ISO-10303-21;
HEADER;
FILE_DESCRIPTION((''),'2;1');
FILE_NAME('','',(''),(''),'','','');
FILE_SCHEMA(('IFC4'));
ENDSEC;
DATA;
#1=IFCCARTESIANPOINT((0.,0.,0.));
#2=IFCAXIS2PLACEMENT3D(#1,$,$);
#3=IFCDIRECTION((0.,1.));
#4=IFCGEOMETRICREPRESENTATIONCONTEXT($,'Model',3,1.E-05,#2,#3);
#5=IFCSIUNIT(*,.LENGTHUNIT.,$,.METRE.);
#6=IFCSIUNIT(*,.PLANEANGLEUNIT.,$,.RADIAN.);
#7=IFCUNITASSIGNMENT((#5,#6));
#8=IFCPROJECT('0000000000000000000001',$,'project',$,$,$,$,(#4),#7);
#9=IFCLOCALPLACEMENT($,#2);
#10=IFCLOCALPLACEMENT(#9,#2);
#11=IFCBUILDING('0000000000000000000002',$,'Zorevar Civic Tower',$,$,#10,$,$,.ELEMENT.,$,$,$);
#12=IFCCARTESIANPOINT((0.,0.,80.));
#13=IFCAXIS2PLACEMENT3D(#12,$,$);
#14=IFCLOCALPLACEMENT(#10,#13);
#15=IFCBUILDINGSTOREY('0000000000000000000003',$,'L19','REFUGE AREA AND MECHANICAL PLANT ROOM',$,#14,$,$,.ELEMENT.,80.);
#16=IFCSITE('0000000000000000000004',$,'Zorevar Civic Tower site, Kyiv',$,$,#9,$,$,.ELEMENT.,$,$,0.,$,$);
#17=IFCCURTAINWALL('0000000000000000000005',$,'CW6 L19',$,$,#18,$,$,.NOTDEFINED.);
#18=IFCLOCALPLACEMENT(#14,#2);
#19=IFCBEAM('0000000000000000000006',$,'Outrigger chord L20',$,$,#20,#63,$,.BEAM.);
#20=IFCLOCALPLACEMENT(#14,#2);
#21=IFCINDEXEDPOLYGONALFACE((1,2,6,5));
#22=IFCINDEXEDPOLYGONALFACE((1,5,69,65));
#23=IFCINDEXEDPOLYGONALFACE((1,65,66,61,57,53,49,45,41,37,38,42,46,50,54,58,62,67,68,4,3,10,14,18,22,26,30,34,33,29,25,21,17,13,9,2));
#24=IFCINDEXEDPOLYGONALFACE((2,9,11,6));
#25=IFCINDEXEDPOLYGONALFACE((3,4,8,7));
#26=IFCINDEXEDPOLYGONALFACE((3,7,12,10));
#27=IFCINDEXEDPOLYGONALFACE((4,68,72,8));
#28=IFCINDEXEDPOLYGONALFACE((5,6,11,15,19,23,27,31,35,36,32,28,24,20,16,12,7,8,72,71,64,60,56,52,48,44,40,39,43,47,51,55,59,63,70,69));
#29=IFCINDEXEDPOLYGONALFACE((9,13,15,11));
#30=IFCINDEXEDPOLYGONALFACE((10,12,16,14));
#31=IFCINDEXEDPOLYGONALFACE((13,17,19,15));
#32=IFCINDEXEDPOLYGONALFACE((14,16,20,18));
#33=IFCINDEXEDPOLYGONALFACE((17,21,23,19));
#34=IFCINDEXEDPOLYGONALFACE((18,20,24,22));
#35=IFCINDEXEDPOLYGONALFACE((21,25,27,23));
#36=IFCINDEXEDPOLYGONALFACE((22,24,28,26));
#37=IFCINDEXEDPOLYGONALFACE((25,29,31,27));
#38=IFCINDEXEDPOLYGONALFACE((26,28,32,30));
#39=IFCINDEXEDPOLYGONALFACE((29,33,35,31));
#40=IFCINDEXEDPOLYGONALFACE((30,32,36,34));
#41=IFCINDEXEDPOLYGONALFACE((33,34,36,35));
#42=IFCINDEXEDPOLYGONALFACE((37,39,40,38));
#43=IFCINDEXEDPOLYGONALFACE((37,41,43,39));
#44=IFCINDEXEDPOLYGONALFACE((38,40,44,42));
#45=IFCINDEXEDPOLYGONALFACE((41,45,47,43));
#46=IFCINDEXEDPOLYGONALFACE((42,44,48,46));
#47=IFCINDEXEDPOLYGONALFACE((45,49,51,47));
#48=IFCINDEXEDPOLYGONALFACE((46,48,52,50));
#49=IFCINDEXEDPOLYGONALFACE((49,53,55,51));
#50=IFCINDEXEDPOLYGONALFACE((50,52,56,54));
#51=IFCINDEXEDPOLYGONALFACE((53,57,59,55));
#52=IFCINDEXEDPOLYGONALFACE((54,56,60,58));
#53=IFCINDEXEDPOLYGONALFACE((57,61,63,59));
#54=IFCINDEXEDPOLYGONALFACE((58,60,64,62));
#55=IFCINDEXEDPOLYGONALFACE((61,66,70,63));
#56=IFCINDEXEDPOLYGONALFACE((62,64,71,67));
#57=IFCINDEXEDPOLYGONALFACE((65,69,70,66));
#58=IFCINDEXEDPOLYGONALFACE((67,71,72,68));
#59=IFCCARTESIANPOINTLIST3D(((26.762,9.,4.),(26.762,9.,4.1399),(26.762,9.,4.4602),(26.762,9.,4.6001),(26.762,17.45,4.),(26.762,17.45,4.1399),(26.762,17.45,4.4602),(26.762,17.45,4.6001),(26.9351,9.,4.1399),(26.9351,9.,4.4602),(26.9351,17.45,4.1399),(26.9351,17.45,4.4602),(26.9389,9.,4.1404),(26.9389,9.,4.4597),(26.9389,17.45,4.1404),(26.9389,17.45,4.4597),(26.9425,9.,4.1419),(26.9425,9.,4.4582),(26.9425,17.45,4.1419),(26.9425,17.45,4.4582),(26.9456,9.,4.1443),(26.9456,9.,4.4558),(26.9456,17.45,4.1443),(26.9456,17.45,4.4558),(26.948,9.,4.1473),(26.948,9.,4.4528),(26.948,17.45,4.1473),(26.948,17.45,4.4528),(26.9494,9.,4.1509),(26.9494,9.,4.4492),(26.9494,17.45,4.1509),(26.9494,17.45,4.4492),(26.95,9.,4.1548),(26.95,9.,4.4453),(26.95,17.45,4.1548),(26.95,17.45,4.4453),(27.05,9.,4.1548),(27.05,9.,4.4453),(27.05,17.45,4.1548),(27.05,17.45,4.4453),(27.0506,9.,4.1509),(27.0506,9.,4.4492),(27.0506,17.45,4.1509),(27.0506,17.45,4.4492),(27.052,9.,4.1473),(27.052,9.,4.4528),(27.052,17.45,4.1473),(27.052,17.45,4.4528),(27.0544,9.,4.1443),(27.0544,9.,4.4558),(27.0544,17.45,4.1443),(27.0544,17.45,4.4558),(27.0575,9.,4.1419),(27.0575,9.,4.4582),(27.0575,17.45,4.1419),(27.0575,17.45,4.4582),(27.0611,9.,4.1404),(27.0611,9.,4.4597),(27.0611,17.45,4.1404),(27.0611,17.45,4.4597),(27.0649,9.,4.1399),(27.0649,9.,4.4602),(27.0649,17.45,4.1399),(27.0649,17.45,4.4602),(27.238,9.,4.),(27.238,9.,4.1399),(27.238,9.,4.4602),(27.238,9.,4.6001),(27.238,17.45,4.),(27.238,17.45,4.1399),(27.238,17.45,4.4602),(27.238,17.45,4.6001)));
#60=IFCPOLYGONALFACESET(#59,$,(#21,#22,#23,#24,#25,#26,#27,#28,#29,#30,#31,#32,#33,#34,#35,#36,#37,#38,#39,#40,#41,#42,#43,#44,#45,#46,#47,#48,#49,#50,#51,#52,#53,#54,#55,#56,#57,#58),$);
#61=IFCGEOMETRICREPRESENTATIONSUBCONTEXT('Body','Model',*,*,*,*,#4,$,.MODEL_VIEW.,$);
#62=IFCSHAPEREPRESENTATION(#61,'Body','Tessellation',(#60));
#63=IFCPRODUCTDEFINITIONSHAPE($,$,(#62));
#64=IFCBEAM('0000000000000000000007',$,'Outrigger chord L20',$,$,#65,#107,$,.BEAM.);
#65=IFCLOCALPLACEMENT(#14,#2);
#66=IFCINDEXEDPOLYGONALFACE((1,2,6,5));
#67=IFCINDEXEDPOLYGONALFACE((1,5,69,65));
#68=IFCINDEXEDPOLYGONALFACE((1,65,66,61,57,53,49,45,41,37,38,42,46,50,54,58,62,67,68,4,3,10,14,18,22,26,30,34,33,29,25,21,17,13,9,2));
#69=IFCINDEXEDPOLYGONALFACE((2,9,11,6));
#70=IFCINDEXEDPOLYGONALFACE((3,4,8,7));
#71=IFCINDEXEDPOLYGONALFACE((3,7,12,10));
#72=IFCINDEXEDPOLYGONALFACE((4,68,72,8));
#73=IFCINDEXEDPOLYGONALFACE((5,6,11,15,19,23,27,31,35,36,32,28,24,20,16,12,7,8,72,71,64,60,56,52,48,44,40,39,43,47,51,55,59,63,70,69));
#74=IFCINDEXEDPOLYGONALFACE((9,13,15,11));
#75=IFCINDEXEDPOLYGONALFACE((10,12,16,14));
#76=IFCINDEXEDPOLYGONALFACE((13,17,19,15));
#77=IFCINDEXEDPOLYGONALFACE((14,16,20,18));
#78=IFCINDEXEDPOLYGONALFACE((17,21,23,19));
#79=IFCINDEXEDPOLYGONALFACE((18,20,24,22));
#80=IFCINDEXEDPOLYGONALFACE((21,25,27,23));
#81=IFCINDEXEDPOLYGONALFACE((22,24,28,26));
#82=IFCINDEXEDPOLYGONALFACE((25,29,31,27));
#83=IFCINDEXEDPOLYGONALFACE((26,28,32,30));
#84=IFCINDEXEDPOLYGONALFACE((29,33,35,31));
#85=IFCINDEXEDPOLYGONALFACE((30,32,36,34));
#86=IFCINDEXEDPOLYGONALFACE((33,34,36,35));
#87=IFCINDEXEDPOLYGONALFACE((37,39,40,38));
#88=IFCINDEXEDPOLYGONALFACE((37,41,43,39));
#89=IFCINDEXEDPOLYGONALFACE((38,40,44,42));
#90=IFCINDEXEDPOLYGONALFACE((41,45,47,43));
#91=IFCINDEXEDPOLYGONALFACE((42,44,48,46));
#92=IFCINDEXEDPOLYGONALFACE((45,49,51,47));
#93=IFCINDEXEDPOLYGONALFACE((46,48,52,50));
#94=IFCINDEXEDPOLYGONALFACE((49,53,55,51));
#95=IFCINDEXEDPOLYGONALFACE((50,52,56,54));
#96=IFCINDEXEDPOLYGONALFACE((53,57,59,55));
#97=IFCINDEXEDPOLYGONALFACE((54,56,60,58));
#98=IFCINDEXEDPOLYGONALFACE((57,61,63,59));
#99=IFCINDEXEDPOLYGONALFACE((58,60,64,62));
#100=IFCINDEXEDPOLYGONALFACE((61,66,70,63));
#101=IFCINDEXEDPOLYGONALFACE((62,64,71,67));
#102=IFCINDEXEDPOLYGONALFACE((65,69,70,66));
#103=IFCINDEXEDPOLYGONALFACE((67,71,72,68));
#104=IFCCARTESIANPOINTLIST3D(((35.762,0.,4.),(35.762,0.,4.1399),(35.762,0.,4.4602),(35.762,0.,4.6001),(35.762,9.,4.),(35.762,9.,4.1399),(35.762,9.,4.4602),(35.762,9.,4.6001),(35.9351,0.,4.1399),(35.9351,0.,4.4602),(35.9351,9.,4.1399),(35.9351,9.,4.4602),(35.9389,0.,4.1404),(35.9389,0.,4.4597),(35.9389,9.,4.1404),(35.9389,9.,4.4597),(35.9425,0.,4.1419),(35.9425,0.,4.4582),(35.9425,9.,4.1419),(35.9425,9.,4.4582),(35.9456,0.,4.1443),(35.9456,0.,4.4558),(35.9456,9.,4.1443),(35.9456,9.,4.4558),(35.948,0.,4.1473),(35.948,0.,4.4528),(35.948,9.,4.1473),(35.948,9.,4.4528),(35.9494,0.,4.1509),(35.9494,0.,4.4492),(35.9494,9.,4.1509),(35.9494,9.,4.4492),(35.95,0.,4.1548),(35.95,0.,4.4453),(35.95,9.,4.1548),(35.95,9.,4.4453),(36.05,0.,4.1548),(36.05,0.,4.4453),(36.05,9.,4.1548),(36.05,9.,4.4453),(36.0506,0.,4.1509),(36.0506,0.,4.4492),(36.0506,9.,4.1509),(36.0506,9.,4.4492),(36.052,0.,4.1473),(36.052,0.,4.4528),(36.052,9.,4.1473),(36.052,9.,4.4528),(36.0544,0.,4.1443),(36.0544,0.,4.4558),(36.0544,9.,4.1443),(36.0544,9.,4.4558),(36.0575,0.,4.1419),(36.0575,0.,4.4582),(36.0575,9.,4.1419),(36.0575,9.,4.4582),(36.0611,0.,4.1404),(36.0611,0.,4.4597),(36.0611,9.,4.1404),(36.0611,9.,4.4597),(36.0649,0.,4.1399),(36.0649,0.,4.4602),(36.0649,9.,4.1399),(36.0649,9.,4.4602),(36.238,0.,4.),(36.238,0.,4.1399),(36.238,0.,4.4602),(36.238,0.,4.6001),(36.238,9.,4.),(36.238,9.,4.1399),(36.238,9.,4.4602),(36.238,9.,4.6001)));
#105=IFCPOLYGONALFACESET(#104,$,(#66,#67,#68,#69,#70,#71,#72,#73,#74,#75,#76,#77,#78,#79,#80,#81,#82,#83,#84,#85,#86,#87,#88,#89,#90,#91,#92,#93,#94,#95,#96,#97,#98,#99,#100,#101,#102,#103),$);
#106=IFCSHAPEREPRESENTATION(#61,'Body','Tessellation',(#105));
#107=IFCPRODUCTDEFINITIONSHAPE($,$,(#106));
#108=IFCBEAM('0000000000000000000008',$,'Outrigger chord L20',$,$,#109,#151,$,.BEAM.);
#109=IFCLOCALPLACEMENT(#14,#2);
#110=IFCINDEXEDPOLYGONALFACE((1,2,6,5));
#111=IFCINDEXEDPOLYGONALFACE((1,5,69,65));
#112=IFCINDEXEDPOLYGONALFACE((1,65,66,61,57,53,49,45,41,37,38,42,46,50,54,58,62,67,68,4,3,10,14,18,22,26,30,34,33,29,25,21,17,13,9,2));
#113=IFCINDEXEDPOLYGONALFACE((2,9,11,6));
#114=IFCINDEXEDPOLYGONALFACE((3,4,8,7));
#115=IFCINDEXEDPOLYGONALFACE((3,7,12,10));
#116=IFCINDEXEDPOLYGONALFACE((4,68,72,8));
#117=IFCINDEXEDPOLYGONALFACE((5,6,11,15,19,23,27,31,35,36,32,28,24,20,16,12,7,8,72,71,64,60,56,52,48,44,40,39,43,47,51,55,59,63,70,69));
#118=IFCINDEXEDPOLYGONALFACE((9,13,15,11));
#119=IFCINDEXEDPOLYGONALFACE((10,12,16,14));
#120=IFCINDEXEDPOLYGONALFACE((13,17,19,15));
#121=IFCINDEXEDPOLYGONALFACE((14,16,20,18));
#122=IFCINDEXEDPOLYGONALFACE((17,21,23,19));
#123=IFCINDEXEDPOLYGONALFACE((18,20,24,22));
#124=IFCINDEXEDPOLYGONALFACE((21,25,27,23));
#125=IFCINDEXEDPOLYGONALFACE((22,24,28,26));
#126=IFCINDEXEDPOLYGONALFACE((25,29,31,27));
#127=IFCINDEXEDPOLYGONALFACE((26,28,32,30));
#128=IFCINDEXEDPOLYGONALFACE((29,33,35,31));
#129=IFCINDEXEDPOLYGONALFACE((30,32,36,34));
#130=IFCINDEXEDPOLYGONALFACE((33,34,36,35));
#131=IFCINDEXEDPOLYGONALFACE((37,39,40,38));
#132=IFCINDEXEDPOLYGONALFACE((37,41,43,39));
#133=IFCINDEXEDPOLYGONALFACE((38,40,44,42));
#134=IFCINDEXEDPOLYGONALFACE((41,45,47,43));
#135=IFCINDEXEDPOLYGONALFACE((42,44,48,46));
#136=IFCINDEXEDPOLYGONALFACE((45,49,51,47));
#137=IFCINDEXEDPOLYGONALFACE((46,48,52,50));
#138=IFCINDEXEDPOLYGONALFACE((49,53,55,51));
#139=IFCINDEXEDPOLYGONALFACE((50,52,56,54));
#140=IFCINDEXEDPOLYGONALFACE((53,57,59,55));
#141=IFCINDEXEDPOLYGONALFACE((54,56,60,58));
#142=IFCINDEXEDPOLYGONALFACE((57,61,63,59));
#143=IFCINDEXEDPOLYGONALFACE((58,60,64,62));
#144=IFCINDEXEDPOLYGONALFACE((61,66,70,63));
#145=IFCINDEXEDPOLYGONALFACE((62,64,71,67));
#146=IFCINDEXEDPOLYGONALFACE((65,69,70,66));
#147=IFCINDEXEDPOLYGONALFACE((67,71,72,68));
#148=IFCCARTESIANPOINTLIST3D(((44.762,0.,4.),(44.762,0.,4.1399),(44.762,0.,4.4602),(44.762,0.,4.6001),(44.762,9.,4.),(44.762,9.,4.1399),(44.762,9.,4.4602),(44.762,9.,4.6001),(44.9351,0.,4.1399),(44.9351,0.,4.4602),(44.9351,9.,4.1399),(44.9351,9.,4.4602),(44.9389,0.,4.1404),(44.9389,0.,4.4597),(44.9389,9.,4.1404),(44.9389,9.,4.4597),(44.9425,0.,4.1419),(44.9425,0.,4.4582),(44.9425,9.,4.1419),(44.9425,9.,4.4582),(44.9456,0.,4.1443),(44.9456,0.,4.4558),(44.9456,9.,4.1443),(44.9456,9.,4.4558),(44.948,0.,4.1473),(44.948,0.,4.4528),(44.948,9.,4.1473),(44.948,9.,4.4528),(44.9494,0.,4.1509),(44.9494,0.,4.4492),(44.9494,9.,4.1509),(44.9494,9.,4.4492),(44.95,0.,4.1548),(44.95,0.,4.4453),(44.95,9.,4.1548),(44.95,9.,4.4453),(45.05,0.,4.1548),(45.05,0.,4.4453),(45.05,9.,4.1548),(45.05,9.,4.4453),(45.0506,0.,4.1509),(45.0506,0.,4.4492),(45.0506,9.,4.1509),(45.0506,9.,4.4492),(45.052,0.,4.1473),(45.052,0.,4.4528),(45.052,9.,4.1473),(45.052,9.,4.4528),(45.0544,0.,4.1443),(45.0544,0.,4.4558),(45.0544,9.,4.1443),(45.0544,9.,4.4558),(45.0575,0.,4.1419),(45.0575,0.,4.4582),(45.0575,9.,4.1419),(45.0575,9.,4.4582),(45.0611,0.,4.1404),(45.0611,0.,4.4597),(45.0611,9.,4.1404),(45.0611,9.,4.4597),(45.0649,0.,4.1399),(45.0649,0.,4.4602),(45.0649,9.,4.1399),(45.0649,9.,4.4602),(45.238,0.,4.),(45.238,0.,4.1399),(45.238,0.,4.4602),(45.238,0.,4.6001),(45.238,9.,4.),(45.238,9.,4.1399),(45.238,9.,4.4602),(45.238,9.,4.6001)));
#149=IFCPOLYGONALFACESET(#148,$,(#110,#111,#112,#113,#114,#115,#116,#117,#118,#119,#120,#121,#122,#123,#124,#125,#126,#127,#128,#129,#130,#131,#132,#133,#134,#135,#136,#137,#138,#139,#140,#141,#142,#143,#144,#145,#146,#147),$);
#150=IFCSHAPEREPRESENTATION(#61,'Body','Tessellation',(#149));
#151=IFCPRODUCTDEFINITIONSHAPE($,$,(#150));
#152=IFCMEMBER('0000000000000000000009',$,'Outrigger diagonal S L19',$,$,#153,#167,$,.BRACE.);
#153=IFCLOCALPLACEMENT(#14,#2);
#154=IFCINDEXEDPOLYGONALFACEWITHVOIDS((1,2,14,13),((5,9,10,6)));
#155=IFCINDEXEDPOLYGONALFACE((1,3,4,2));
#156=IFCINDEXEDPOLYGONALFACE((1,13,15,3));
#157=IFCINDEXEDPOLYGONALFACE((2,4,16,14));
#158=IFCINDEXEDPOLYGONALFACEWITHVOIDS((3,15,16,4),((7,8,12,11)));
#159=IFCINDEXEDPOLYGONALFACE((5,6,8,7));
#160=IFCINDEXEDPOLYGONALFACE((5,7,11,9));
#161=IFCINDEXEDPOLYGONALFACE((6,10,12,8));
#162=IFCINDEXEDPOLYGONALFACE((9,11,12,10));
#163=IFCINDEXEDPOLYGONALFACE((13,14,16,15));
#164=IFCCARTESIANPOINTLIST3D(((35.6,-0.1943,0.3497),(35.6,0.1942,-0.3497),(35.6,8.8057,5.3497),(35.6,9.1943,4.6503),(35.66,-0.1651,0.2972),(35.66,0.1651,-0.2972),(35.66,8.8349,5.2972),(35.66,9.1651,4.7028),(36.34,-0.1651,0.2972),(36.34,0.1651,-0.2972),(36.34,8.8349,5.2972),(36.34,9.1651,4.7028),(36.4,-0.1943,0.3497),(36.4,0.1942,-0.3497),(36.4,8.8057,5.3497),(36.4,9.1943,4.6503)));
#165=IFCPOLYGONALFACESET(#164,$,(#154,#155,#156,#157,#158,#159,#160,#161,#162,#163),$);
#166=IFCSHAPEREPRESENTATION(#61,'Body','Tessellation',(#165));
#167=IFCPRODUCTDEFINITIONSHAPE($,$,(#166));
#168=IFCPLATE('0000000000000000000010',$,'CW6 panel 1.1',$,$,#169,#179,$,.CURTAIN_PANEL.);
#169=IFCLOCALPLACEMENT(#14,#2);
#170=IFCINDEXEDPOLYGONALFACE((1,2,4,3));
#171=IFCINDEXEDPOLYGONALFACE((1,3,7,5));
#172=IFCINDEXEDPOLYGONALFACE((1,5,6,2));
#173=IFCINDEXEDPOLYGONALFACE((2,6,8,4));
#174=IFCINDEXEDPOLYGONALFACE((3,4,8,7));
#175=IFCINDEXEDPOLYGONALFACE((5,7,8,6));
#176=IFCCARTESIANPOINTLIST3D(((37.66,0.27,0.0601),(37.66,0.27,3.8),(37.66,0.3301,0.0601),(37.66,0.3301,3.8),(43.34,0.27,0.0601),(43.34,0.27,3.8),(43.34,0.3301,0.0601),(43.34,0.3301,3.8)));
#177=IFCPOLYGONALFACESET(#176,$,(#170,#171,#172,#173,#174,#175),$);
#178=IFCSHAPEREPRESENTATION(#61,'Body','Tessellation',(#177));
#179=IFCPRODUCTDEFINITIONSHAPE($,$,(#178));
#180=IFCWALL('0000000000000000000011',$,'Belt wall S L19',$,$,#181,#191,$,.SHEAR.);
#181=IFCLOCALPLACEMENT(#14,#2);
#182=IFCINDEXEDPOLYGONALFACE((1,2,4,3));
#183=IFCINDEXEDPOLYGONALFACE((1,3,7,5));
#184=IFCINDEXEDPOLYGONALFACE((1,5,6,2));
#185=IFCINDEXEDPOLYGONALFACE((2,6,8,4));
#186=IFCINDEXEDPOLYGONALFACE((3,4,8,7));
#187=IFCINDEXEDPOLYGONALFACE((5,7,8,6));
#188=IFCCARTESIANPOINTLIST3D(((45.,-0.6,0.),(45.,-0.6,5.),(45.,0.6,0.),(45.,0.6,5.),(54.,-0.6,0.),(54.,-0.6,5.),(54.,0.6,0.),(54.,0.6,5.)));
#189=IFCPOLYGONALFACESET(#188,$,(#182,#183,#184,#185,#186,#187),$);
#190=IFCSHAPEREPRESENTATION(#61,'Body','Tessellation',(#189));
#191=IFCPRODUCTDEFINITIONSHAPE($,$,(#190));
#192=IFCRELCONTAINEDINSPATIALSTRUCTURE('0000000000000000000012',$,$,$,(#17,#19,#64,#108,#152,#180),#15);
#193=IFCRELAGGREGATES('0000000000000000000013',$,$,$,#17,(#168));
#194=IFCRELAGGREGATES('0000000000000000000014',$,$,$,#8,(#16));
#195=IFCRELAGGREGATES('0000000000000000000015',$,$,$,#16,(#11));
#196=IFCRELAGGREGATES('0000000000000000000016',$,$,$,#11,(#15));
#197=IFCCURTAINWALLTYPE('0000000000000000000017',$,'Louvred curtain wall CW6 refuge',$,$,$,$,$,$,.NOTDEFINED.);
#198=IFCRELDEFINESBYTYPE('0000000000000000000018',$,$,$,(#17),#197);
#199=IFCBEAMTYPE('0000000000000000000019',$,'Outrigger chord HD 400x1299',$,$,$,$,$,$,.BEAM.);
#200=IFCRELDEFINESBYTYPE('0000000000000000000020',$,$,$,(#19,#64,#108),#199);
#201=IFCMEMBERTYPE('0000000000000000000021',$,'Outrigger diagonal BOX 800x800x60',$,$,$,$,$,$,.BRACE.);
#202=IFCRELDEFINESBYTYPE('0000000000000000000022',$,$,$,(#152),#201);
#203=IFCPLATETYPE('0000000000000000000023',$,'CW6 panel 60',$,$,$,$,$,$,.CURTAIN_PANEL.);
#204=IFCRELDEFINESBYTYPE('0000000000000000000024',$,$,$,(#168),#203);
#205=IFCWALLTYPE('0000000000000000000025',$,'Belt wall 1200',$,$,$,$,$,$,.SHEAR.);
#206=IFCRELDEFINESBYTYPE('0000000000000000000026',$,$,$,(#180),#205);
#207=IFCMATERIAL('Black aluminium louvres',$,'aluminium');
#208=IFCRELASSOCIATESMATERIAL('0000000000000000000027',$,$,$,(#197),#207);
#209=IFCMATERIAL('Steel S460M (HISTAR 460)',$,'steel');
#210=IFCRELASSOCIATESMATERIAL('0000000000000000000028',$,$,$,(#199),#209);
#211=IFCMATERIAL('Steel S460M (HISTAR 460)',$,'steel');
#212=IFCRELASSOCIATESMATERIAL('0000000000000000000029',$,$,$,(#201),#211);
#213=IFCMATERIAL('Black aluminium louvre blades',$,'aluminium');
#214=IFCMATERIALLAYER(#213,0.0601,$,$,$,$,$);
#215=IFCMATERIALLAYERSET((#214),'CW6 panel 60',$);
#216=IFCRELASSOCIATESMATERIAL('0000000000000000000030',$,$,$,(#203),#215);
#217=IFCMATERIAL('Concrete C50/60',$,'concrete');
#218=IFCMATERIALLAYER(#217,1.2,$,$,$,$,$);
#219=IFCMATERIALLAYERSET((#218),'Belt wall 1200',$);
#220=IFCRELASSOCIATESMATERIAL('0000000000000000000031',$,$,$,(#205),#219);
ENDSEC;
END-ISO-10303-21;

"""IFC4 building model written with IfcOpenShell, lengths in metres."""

from ifc_helpers import new_model, si_unit, direction, frame, frame_2d, origin, origin_2d, place, context, subcontext, project, spatial, rectangle, hollow_rectangle, i_section, extrude, material, layer, layer_set, material_profile, profile_set, type_object, element, aggregate, save


model = new_model("IFC4")

# Units and contexts
model_context = context("Model", 3, precision=1e-05, world=origin(), true_north=direction((0.0, 1.0)))
body_context = subcontext(model_context, "Body", "Model", "MODEL_VIEW")
ifc_project = project(units=[si_unit("LENGTHUNIT", "METRE"), si_unit("PLANEANGLEUNIT", "RADIAN")], contexts=[model_context])

# Site, building, storey
site_placement = place(None, origin())
site = spatial("IfcSite", under=ifc_project, at=site_placement, Name="Zorevar Civic Tower site, Kyiv", CompositionType="ELEMENT", RefElevation=0.0)
building_placement = place(site_placement, origin())
building = spatial("IfcBuilding", under=site, at=building_placement, Name="Zorevar Civic Tower", CompositionType="ELEMENT")
storey_placement = place(building_placement, frame((0.0, 0.0, 80.0)))
storey = spatial("IfcBuildingStorey", under=building, at=storey_placement, Name="L19", Description="REFUGE AREA AND MECHANICAL PLANT ROOM", CompositionType="ELEMENT", Elevation=80.0)

# Curtain wall
ifc_material_1 = material(Name="Black aluminium louvres", Category="aluminium")
curtain_wall_type = type_object("IfcCurtainWallType", Name="Louvred curtain wall CW6 refuge", PredefinedType="NOTDEFINED", material=ifc_material_1)
curtain_wall_placement = place(storey_placement, origin())
curtain_wall = element("IfcCurtainWall", 1, at=curtain_wall_placement, inside=storey, type_object=curtain_wall_type, Name="CW6 L19", PredefinedType="NOTDEFINED")

# Beams
ifc_material_2 = material(Name="Steel S460M (HISTAR 460)", Category="steel")
ifc_material_profile_1 = material_profile(ifc_material_2, i_section(OverallWidth=0.4761, OverallDepth=0.6001, WebThickness=0.1001, FlangeThickness=0.1399, FilletRadius=0.0149, at=origin_2d()), Name="HD 400x1299")
ifc_profile_set_1 = profile_set([ifc_material_profile_1], Name="Steel S460M (HISTAR 460)")
beam_type_1 = type_object("IfcBeamType", Name="Outrigger chord HD 400x1299", PredefinedType="BEAM", material=ifc_profile_set_1)
beam_1_placement = place(storey_placement, frame((27.0, 9.0, 4.3), z_axis=(0.0, 1.0, 0.0), x_axis=(-1.0, 0.0, 0.0)))
element("IfcBeam", 2, at=beam_1_placement, inside=storey, type_object=beam_type_1, Name="Outrigger chord L20", PredefinedType="BEAM", context=body_context, shape_type="SweptSolid", body=[
    extrude(i_section(OverallWidth=0.4761, OverallDepth=0.6001, WebThickness=0.1001, FlangeThickness=0.1399, FilletRadius=0.0149, at=origin_2d()), origin(), (0.0, 0.0, 1.0), 8.45),
])
for number, where, z_axis, x_axis, name in (
    (3, (36.0, 0.0, 4.3), (0.0, 1.0, 0.0), (-1.0, 0.0, 0.0), "Outrigger chord L20"),
    (4, (45.0, 0.0, 4.3), (0.0, 1.0, 0.0), (-1.0, 0.0, 0.0), "Outrigger chord L20"),
):
    element("IfcBeam", number, at=place(storey_placement, frame(where, z_axis=z_axis, x_axis=x_axis)), inside=storey, type_object=beam_type_1, Name=name, PredefinedType="BEAM", context=body_context, shape_type="SweptSolid", body=[
        extrude(i_section(OverallWidth=0.4761, OverallDepth=0.6001, WebThickness=0.1001, FlangeThickness=0.1399, FilletRadius=0.0149, at=origin_2d()), origin(), (0.0, 0.0, 1.0), 9.0),
    ])

# Member
ifc_material_3 = material(Name="Steel S460M (HISTAR 460)", Category="steel")
ifc_material_profile_2 = material_profile(ifc_material_3, hollow_rectangle(XDim=0.8, YDim=0.8, WallThickness=0.0601, at=origin_2d()), Name="BOX 800x800x60")
ifc_profile_set_2 = profile_set([ifc_material_profile_2], Name="Steel S460M (HISTAR 460)")
member_type_1 = type_object("IfcMemberType", Name="Outrigger diagonal BOX 800x800x60", PredefinedType="BRACE", material=ifc_profile_set_2)
member_1_placement = place(storey_placement, frame((36.0, 9.0, 5.0), z_axis=(0.0, -0.874157, -0.485643), x_axis=(1.0, 0.0, 0.0)))
element("IfcMember", 5, at=member_1_placement, inside=storey, type_object=member_type_1, Name="Outrigger diagonal S L19", PredefinedType="BRACE", context=body_context, shape_type="SweptSolid", body=[
    extrude(hollow_rectangle(XDim=0.8, YDim=0.8, WallThickness=0.0601, at=origin_2d()), origin(), (0.0, 0.0, 1.0), 10.2957),
])

# Plate
ifc_material_4 = material(Name="Black aluminium louvre blades", Category="aluminium")
ifc_layer_1 = layer(ifc_material_4, 0.0601)
ifc_layer_set_1 = layer_set([ifc_layer_1], Name="CW6 panel 60")
plate_type = type_object("IfcPlateType", Name="CW6 panel 60", PredefinedType="CURTAIN_PANEL", material=ifc_layer_set_1)
plate_placement = place(storey_placement, frame((40.5, 0.3, 0.0601), z_axis=(0.0, 0.0, 1.0), x_axis=(1.0, 0.0, 0.0)))
plate = element("IfcPlate", 6, at=plate_placement, type_object=plate_type, Name="CW6 panel 1.1", PredefinedType="CURTAIN_PANEL", context=body_context, shape_type="SweptSolid", body=[
    extrude(rectangle(XDim=5.6799, YDim=0.0601, at=origin_2d()), origin(), (0.0, 0.0, 1.0), 3.74),
])
aggregate(curtain_wall, [plate])

# Wall
ifc_material_5 = material(Name="Concrete C50/60", Category="concrete")
ifc_layer_2 = layer(ifc_material_5, 1.2)
ifc_layer_set_2 = layer_set([ifc_layer_2], Name="Belt wall 1200")
wall_type = type_object("IfcWallType", Name="Belt wall 1200", PredefinedType="SHEAR", material=ifc_layer_set_2)
wall_placement = place(storey_placement, frame((45.0, 0.0, 0.0), z_axis=(0.0, 0.0, 1.0), x_axis=(1.0, 0.0, 0.0)))
element("IfcWall", 7, at=wall_placement, inside=storey, type_object=wall_type, Name="Belt wall S L19", PredefinedType="SHEAR", context=body_context, shape_type="SweptSolid", body=[
    extrude(rectangle(XDim=9.0, YDim=1.2, at=frame_2d((4.5, 0.0))), origin(), (0.0, 0.0, 1.0), 5.0),
])

save(model, "model.ifc")
